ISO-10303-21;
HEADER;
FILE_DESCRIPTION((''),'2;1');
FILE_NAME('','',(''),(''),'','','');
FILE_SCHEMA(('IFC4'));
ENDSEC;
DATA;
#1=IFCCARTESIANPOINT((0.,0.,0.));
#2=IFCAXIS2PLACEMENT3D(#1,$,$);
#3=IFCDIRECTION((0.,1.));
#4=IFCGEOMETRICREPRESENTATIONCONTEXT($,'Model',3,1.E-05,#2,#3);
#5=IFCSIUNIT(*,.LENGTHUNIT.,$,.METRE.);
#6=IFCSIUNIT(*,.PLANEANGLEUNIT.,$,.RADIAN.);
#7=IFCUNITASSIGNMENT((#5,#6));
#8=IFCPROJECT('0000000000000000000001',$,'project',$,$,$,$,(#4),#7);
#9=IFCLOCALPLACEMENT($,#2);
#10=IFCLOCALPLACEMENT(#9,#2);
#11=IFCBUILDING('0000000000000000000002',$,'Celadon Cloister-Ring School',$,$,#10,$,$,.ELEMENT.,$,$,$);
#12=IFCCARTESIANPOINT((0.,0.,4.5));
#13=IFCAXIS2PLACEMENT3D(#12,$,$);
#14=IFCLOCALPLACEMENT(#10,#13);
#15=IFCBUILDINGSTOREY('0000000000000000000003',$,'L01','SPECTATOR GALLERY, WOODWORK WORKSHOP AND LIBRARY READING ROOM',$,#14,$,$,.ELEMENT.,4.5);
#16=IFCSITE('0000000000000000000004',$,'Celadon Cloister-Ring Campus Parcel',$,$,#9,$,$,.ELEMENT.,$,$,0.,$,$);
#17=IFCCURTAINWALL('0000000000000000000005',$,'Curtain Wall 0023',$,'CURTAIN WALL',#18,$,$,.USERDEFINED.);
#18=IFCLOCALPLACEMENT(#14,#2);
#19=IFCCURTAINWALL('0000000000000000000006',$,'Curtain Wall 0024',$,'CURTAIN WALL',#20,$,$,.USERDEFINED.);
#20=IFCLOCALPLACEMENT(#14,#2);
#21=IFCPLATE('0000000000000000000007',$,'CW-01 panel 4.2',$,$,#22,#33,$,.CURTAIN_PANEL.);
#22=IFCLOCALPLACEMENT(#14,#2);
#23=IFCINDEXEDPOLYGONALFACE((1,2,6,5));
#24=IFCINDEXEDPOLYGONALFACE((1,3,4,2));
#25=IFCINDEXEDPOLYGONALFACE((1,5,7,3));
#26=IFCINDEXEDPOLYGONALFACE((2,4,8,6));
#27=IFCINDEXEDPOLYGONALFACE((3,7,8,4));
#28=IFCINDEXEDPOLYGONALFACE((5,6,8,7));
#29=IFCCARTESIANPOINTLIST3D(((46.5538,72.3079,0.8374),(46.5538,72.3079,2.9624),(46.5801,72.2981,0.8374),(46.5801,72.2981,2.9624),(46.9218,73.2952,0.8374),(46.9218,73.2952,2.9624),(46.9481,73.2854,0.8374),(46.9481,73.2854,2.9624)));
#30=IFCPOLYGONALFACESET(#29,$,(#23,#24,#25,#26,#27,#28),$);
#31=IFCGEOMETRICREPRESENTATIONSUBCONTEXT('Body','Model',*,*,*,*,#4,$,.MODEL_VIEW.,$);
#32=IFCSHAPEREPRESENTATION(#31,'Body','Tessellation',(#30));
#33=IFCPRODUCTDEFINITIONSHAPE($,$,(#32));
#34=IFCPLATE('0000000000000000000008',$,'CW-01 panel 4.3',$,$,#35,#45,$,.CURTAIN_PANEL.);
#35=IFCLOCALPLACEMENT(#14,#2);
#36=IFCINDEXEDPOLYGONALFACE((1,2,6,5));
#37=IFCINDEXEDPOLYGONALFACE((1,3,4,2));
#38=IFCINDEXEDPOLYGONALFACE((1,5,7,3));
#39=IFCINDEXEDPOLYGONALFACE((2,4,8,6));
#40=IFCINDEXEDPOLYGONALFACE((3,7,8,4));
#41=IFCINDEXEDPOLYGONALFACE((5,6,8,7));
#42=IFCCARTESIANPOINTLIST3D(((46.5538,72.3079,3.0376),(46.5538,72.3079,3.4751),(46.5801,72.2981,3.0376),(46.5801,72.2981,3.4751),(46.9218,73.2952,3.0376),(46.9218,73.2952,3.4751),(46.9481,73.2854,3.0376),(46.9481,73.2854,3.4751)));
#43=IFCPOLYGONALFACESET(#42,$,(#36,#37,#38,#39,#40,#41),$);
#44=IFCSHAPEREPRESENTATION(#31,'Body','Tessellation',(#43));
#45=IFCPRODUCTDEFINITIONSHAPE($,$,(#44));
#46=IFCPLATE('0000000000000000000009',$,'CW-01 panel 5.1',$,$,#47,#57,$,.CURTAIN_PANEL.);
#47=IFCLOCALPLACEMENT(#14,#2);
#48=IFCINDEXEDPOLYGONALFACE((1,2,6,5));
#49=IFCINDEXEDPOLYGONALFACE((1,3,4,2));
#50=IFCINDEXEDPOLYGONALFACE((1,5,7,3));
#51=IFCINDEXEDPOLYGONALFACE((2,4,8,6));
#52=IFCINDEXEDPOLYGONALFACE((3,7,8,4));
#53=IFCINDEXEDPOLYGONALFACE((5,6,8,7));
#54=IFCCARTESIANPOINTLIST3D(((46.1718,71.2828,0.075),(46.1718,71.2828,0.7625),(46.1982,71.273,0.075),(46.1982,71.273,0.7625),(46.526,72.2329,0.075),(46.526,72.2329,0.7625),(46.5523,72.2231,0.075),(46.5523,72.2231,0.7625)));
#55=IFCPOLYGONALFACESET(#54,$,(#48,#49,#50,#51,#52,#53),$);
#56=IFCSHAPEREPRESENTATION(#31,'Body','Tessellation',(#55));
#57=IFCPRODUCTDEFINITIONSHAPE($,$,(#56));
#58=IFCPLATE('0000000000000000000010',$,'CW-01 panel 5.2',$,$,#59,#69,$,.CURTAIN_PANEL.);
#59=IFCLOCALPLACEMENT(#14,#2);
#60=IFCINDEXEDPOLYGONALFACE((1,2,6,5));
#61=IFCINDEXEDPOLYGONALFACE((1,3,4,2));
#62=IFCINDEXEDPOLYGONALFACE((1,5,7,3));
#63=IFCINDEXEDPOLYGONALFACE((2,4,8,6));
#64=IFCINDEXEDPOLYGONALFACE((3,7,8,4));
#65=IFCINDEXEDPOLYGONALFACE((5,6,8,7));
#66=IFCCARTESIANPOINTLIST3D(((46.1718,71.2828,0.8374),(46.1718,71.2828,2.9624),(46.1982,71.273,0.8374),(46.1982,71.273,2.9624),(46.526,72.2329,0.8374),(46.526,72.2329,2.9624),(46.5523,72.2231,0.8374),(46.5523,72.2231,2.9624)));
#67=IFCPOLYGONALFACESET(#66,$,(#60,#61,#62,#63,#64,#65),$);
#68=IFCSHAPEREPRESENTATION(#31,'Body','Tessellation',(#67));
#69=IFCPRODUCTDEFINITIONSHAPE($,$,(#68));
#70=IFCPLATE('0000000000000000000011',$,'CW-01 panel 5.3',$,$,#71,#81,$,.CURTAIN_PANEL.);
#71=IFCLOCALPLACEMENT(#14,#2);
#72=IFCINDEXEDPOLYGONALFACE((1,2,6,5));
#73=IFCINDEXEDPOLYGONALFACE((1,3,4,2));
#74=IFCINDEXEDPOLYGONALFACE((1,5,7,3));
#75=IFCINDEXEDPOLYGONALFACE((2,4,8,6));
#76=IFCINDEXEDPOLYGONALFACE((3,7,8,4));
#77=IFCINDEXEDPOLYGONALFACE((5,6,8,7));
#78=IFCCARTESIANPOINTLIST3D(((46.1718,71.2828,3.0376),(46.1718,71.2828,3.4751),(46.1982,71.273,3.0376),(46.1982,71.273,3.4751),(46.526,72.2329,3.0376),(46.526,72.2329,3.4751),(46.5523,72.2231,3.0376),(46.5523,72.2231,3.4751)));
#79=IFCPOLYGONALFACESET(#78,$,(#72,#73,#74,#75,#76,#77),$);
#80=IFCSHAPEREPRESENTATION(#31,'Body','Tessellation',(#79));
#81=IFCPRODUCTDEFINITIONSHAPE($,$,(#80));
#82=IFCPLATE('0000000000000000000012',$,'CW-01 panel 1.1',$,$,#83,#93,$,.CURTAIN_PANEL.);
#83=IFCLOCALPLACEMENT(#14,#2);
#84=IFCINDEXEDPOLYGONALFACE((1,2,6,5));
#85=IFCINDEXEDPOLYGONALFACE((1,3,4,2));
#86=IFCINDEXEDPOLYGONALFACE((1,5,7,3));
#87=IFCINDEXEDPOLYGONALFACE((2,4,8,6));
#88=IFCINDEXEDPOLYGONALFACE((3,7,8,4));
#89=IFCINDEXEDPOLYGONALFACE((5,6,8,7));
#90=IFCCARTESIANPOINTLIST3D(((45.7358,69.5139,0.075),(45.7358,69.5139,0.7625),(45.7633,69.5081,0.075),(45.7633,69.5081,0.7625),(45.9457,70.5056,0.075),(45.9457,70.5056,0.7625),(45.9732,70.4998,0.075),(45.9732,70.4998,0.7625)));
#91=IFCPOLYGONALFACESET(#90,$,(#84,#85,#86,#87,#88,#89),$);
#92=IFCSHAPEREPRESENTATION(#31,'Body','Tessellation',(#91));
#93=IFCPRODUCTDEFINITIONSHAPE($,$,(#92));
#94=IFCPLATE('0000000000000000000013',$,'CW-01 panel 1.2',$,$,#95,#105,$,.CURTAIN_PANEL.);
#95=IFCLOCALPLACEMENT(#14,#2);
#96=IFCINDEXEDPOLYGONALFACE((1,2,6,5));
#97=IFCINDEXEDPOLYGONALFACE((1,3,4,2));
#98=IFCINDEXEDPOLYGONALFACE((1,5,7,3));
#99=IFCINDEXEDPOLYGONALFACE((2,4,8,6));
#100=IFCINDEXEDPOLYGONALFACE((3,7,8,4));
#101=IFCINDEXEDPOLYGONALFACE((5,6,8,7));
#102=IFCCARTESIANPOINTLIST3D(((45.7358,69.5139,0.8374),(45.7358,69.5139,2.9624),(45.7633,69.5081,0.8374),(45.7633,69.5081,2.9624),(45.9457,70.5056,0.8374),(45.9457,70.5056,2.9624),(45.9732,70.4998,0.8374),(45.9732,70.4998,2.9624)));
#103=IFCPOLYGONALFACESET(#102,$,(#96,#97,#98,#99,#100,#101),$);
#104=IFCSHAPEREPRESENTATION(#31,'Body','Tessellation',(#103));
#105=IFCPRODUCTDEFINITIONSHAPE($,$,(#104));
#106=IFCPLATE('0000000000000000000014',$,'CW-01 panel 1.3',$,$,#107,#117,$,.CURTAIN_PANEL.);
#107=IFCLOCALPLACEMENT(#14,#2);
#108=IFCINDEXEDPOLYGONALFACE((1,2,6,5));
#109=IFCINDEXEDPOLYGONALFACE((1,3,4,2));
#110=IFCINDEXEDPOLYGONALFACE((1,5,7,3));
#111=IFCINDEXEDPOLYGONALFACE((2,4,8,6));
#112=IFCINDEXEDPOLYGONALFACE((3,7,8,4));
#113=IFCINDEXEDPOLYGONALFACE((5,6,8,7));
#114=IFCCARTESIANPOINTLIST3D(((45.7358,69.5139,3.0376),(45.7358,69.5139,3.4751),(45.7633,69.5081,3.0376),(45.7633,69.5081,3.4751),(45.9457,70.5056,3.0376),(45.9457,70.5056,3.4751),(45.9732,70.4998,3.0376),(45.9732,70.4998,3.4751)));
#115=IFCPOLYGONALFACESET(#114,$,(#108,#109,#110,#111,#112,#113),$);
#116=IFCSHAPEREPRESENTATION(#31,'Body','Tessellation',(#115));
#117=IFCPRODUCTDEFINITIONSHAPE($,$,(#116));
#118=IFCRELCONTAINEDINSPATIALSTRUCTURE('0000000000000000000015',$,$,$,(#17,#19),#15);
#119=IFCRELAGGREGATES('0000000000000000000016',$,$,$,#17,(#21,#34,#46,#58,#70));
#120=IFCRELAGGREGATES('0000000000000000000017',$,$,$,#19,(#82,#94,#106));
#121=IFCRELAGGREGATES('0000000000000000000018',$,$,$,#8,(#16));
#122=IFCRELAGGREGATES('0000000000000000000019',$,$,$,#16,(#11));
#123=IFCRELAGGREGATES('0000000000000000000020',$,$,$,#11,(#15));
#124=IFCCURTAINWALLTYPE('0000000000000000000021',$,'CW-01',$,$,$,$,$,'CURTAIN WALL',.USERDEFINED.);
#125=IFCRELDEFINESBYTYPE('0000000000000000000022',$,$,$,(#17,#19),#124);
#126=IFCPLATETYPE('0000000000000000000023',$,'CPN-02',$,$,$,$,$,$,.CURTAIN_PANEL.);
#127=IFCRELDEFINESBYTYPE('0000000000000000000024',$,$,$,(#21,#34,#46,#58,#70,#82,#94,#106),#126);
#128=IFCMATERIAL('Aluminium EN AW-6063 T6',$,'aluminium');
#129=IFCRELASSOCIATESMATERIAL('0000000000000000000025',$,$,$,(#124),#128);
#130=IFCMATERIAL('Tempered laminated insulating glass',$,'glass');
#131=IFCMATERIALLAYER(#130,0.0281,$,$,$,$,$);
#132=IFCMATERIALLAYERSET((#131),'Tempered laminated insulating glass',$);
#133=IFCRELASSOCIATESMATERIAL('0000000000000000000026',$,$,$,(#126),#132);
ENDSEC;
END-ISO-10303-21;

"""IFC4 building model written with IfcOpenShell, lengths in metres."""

from ifc_helpers import new_model, si_unit, direction, frame, origin, origin_2d, place, context, subcontext, project, spatial, rectangle, extrude, material, layer, layer_set, type_object, element, aggregate, save


model = new_model("IFC4")

# Units and contexts
model_context = context("Model", 3, precision=1e-05, world=origin(), true_north=direction((0.0, 1.0)))
body_context = subcontext(model_context, "Body", "Model", "MODEL_VIEW")
ifc_project = project(units=[si_unit("LENGTHUNIT", "METRE"), si_unit("PLANEANGLEUNIT", "RADIAN")], contexts=[model_context])

# Site, building, storey
site_placement = place(None, origin())
site = spatial("IfcSite", under=ifc_project, at=site_placement, Name="Celadon Cloister-Ring Campus Parcel", CompositionType="ELEMENT", RefElevation=0.0)
building_placement = place(site_placement, origin())
building = spatial("IfcBuilding", under=site, at=building_placement, Name="Celadon Cloister-Ring School", CompositionType="ELEMENT")
storey_placement = place(building_placement, frame((0.0, 0.0, 4.5)))
storey = spatial("IfcBuildingStorey", under=building, at=storey_placement, Name="L01", Description="SPECTATOR GALLERY, WOODWORK WORKSHOP AND LIBRARY READING ROOM", CompositionType="ELEMENT", Elevation=4.5)

# Curtain wall
ifc_material_1 = material(Name="Aluminium EN AW-6063 T6", Category="aluminium")
curtain_wall_type = type_object("IfcCurtainWallType", Name="CW-01", ElementType="CURTAIN WALL", PredefinedType="USERDEFINED", material=ifc_material_1)
curtain_wall_1_placement = place(storey_placement, origin())
curtain_wall_1 = element("IfcCurtainWall", 1, at=curtain_wall_1_placement, inside=storey, type_object=curtain_wall_type, Name="Curtain Wall 0023", ObjectType="CURTAIN WALL", PredefinedType="USERDEFINED")

# Curtain wall
curtain_wall_2_placement = place(storey_placement, origin())
curtain_wall_2 = element("IfcCurtainWall", 2, at=curtain_wall_2_placement, inside=storey, type_object=curtain_wall_type, Name="Curtain Wall 0024", ObjectType="CURTAIN WALL", PredefinedType="USERDEFINED")

# Plates
ifc_material_2 = material(Name="Tempered laminated insulating glass", Category="glass")
ifc_layer = layer(ifc_material_2, 0.0281)
ifc_layer_set = layer_set([ifc_layer], Name="Tempered laminated insulating glass")
plate_type = type_object("IfcPlateType", Name="CPN-02", PredefinedType="CURTAIN_PANEL", material=ifc_layer_set)
plate_1_placement = place(storey_placement, frame((46.751, 72.7966, 0.8374), z_axis=(0.0, 0.0, 1.0), x_axis=(-0.349267, -0.937023, 0.0)))
plate_1 = element("IfcPlate", 3, at=plate_1_placement, type_object=plate_type, Name="CW-01 panel 4.2", PredefinedType="CURTAIN_PANEL", context=body_context, shape_type="SweptSolid", body=[
    extrude(rectangle(XDim=1.0537, YDim=0.0281, at=origin_2d()), origin(), (0.0, 0.0, 1.0), 2.125),
])
plate_2_placement = place(storey_placement, frame((46.751, 72.7966, 3.0376), z_axis=(0.0, 0.0, 1.0), x_axis=(-0.349267, -0.937023, 0.0)))
plate_2 = element("IfcPlate", 4, at=plate_2_placement, type_object=plate_type, Name="CW-01 panel 4.3", PredefinedType="CURTAIN_PANEL", context=body_context, shape_type="SweptSolid", body=[
    extrude(rectangle(XDim=1.0537, YDim=0.0281, at=origin_2d()), origin(), (0.0, 0.0, 1.0), 0.4375),
])
plate_3_placement = place(storey_placement, frame((46.3621, 71.7529, 0.075), z_axis=(0.0, 0.0, 1.0), x_axis=(-0.349267, -0.937023, 0.0)))
plate_3 = element("IfcPlate", 5, at=plate_3_placement, type_object=plate_type, Name="CW-01 panel 5.1", PredefinedType="CURTAIN_PANEL", context=body_context, shape_type="SweptSolid", body=[
    extrude(rectangle(XDim=1.0139, YDim=0.0281, at=origin_2d()), origin(), (0.0, 0.0, 1.0), 0.6875),
])
plate_4_placement = place(storey_placement, frame((46.3621, 71.7529, 0.8374), z_axis=(0.0, 0.0, 1.0), x_axis=(-0.349267, -0.937023, 0.0)))
plate_4 = element("IfcPlate", 6, at=plate_4_placement, type_object=plate_type, Name="CW-01 panel 5.2", PredefinedType="CURTAIN_PANEL", context=body_context, shape_type="SweptSolid", body=[
    extrude(rectangle(XDim=1.0139, YDim=0.0281, at=origin_2d()), origin(), (0.0, 0.0, 1.0), 2.125),
])
plate_5_placement = place(storey_placement, frame((46.3621, 71.7529, 3.0376), z_axis=(0.0, 0.0, 1.0), x_axis=(-0.349267, -0.937023, 0.0)))
plate_5 = element("IfcPlate", 7, at=plate_5_placement, type_object=plate_type, Name="CW-01 panel 5.3", PredefinedType="CURTAIN_PANEL", context=body_context, shape_type="SweptSolid", body=[
    extrude(rectangle(XDim=1.0139, YDim=0.0281, at=origin_2d()), origin(), (0.0, 0.0, 1.0), 0.4375),
])
aggregate(curtain_wall_1, [plate_1, plate_2, plate_3, plate_4, plate_5])
plate_6_placement = place(storey_placement, frame((45.8545, 70.0068, 0.075), z_axis=(0.0, 0.0, 1.0), x_axis=(-0.207095, -0.978321, 0.0)))
plate_6 = element("IfcPlate", 8, at=plate_6_placement, type_object=plate_type, Name="CW-01 panel 1.1", PredefinedType="CURTAIN_PANEL", context=body_context, shape_type="SweptSolid", body=[
    extrude(rectangle(XDim=1.0137, YDim=0.0281, at=origin_2d()), origin(), (0.0, 0.0, 1.0), 0.6875),
])
plate_7_placement = place(storey_placement, frame((45.8545, 70.0068, 0.8374), z_axis=(0.0, 0.0, 1.0), x_axis=(-0.207095, -0.978321, 0.0)))
plate_7 = element("IfcPlate", 9, at=plate_7_placement, type_object=plate_type, Name="CW-01 panel 1.2", PredefinedType="CURTAIN_PANEL", context=body_context, shape_type="SweptSolid", body=[
    extrude(rectangle(XDim=1.0137, YDim=0.0281, at=origin_2d()), origin(), (0.0, 0.0, 1.0), 2.125),
])
plate_8_placement = place(storey_placement, frame((45.8545, 70.0068, 3.0376), z_axis=(0.0, 0.0, 1.0), x_axis=(-0.207095, -0.978321, 0.0)))
plate_8 = element("IfcPlate", 10, at=plate_8_placement, type_object=plate_type, Name="CW-01 panel 1.3", PredefinedType="CURTAIN_PANEL", context=body_context, shape_type="SweptSolid", body=[
    extrude(rectangle(XDim=1.0137, YDim=0.0281, at=origin_2d()), origin(), (0.0, 0.0, 1.0), 0.4375),
])
aggregate(curtain_wall_2, [plate_6, plate_7, plate_8])

save(model, "model.ifc")
